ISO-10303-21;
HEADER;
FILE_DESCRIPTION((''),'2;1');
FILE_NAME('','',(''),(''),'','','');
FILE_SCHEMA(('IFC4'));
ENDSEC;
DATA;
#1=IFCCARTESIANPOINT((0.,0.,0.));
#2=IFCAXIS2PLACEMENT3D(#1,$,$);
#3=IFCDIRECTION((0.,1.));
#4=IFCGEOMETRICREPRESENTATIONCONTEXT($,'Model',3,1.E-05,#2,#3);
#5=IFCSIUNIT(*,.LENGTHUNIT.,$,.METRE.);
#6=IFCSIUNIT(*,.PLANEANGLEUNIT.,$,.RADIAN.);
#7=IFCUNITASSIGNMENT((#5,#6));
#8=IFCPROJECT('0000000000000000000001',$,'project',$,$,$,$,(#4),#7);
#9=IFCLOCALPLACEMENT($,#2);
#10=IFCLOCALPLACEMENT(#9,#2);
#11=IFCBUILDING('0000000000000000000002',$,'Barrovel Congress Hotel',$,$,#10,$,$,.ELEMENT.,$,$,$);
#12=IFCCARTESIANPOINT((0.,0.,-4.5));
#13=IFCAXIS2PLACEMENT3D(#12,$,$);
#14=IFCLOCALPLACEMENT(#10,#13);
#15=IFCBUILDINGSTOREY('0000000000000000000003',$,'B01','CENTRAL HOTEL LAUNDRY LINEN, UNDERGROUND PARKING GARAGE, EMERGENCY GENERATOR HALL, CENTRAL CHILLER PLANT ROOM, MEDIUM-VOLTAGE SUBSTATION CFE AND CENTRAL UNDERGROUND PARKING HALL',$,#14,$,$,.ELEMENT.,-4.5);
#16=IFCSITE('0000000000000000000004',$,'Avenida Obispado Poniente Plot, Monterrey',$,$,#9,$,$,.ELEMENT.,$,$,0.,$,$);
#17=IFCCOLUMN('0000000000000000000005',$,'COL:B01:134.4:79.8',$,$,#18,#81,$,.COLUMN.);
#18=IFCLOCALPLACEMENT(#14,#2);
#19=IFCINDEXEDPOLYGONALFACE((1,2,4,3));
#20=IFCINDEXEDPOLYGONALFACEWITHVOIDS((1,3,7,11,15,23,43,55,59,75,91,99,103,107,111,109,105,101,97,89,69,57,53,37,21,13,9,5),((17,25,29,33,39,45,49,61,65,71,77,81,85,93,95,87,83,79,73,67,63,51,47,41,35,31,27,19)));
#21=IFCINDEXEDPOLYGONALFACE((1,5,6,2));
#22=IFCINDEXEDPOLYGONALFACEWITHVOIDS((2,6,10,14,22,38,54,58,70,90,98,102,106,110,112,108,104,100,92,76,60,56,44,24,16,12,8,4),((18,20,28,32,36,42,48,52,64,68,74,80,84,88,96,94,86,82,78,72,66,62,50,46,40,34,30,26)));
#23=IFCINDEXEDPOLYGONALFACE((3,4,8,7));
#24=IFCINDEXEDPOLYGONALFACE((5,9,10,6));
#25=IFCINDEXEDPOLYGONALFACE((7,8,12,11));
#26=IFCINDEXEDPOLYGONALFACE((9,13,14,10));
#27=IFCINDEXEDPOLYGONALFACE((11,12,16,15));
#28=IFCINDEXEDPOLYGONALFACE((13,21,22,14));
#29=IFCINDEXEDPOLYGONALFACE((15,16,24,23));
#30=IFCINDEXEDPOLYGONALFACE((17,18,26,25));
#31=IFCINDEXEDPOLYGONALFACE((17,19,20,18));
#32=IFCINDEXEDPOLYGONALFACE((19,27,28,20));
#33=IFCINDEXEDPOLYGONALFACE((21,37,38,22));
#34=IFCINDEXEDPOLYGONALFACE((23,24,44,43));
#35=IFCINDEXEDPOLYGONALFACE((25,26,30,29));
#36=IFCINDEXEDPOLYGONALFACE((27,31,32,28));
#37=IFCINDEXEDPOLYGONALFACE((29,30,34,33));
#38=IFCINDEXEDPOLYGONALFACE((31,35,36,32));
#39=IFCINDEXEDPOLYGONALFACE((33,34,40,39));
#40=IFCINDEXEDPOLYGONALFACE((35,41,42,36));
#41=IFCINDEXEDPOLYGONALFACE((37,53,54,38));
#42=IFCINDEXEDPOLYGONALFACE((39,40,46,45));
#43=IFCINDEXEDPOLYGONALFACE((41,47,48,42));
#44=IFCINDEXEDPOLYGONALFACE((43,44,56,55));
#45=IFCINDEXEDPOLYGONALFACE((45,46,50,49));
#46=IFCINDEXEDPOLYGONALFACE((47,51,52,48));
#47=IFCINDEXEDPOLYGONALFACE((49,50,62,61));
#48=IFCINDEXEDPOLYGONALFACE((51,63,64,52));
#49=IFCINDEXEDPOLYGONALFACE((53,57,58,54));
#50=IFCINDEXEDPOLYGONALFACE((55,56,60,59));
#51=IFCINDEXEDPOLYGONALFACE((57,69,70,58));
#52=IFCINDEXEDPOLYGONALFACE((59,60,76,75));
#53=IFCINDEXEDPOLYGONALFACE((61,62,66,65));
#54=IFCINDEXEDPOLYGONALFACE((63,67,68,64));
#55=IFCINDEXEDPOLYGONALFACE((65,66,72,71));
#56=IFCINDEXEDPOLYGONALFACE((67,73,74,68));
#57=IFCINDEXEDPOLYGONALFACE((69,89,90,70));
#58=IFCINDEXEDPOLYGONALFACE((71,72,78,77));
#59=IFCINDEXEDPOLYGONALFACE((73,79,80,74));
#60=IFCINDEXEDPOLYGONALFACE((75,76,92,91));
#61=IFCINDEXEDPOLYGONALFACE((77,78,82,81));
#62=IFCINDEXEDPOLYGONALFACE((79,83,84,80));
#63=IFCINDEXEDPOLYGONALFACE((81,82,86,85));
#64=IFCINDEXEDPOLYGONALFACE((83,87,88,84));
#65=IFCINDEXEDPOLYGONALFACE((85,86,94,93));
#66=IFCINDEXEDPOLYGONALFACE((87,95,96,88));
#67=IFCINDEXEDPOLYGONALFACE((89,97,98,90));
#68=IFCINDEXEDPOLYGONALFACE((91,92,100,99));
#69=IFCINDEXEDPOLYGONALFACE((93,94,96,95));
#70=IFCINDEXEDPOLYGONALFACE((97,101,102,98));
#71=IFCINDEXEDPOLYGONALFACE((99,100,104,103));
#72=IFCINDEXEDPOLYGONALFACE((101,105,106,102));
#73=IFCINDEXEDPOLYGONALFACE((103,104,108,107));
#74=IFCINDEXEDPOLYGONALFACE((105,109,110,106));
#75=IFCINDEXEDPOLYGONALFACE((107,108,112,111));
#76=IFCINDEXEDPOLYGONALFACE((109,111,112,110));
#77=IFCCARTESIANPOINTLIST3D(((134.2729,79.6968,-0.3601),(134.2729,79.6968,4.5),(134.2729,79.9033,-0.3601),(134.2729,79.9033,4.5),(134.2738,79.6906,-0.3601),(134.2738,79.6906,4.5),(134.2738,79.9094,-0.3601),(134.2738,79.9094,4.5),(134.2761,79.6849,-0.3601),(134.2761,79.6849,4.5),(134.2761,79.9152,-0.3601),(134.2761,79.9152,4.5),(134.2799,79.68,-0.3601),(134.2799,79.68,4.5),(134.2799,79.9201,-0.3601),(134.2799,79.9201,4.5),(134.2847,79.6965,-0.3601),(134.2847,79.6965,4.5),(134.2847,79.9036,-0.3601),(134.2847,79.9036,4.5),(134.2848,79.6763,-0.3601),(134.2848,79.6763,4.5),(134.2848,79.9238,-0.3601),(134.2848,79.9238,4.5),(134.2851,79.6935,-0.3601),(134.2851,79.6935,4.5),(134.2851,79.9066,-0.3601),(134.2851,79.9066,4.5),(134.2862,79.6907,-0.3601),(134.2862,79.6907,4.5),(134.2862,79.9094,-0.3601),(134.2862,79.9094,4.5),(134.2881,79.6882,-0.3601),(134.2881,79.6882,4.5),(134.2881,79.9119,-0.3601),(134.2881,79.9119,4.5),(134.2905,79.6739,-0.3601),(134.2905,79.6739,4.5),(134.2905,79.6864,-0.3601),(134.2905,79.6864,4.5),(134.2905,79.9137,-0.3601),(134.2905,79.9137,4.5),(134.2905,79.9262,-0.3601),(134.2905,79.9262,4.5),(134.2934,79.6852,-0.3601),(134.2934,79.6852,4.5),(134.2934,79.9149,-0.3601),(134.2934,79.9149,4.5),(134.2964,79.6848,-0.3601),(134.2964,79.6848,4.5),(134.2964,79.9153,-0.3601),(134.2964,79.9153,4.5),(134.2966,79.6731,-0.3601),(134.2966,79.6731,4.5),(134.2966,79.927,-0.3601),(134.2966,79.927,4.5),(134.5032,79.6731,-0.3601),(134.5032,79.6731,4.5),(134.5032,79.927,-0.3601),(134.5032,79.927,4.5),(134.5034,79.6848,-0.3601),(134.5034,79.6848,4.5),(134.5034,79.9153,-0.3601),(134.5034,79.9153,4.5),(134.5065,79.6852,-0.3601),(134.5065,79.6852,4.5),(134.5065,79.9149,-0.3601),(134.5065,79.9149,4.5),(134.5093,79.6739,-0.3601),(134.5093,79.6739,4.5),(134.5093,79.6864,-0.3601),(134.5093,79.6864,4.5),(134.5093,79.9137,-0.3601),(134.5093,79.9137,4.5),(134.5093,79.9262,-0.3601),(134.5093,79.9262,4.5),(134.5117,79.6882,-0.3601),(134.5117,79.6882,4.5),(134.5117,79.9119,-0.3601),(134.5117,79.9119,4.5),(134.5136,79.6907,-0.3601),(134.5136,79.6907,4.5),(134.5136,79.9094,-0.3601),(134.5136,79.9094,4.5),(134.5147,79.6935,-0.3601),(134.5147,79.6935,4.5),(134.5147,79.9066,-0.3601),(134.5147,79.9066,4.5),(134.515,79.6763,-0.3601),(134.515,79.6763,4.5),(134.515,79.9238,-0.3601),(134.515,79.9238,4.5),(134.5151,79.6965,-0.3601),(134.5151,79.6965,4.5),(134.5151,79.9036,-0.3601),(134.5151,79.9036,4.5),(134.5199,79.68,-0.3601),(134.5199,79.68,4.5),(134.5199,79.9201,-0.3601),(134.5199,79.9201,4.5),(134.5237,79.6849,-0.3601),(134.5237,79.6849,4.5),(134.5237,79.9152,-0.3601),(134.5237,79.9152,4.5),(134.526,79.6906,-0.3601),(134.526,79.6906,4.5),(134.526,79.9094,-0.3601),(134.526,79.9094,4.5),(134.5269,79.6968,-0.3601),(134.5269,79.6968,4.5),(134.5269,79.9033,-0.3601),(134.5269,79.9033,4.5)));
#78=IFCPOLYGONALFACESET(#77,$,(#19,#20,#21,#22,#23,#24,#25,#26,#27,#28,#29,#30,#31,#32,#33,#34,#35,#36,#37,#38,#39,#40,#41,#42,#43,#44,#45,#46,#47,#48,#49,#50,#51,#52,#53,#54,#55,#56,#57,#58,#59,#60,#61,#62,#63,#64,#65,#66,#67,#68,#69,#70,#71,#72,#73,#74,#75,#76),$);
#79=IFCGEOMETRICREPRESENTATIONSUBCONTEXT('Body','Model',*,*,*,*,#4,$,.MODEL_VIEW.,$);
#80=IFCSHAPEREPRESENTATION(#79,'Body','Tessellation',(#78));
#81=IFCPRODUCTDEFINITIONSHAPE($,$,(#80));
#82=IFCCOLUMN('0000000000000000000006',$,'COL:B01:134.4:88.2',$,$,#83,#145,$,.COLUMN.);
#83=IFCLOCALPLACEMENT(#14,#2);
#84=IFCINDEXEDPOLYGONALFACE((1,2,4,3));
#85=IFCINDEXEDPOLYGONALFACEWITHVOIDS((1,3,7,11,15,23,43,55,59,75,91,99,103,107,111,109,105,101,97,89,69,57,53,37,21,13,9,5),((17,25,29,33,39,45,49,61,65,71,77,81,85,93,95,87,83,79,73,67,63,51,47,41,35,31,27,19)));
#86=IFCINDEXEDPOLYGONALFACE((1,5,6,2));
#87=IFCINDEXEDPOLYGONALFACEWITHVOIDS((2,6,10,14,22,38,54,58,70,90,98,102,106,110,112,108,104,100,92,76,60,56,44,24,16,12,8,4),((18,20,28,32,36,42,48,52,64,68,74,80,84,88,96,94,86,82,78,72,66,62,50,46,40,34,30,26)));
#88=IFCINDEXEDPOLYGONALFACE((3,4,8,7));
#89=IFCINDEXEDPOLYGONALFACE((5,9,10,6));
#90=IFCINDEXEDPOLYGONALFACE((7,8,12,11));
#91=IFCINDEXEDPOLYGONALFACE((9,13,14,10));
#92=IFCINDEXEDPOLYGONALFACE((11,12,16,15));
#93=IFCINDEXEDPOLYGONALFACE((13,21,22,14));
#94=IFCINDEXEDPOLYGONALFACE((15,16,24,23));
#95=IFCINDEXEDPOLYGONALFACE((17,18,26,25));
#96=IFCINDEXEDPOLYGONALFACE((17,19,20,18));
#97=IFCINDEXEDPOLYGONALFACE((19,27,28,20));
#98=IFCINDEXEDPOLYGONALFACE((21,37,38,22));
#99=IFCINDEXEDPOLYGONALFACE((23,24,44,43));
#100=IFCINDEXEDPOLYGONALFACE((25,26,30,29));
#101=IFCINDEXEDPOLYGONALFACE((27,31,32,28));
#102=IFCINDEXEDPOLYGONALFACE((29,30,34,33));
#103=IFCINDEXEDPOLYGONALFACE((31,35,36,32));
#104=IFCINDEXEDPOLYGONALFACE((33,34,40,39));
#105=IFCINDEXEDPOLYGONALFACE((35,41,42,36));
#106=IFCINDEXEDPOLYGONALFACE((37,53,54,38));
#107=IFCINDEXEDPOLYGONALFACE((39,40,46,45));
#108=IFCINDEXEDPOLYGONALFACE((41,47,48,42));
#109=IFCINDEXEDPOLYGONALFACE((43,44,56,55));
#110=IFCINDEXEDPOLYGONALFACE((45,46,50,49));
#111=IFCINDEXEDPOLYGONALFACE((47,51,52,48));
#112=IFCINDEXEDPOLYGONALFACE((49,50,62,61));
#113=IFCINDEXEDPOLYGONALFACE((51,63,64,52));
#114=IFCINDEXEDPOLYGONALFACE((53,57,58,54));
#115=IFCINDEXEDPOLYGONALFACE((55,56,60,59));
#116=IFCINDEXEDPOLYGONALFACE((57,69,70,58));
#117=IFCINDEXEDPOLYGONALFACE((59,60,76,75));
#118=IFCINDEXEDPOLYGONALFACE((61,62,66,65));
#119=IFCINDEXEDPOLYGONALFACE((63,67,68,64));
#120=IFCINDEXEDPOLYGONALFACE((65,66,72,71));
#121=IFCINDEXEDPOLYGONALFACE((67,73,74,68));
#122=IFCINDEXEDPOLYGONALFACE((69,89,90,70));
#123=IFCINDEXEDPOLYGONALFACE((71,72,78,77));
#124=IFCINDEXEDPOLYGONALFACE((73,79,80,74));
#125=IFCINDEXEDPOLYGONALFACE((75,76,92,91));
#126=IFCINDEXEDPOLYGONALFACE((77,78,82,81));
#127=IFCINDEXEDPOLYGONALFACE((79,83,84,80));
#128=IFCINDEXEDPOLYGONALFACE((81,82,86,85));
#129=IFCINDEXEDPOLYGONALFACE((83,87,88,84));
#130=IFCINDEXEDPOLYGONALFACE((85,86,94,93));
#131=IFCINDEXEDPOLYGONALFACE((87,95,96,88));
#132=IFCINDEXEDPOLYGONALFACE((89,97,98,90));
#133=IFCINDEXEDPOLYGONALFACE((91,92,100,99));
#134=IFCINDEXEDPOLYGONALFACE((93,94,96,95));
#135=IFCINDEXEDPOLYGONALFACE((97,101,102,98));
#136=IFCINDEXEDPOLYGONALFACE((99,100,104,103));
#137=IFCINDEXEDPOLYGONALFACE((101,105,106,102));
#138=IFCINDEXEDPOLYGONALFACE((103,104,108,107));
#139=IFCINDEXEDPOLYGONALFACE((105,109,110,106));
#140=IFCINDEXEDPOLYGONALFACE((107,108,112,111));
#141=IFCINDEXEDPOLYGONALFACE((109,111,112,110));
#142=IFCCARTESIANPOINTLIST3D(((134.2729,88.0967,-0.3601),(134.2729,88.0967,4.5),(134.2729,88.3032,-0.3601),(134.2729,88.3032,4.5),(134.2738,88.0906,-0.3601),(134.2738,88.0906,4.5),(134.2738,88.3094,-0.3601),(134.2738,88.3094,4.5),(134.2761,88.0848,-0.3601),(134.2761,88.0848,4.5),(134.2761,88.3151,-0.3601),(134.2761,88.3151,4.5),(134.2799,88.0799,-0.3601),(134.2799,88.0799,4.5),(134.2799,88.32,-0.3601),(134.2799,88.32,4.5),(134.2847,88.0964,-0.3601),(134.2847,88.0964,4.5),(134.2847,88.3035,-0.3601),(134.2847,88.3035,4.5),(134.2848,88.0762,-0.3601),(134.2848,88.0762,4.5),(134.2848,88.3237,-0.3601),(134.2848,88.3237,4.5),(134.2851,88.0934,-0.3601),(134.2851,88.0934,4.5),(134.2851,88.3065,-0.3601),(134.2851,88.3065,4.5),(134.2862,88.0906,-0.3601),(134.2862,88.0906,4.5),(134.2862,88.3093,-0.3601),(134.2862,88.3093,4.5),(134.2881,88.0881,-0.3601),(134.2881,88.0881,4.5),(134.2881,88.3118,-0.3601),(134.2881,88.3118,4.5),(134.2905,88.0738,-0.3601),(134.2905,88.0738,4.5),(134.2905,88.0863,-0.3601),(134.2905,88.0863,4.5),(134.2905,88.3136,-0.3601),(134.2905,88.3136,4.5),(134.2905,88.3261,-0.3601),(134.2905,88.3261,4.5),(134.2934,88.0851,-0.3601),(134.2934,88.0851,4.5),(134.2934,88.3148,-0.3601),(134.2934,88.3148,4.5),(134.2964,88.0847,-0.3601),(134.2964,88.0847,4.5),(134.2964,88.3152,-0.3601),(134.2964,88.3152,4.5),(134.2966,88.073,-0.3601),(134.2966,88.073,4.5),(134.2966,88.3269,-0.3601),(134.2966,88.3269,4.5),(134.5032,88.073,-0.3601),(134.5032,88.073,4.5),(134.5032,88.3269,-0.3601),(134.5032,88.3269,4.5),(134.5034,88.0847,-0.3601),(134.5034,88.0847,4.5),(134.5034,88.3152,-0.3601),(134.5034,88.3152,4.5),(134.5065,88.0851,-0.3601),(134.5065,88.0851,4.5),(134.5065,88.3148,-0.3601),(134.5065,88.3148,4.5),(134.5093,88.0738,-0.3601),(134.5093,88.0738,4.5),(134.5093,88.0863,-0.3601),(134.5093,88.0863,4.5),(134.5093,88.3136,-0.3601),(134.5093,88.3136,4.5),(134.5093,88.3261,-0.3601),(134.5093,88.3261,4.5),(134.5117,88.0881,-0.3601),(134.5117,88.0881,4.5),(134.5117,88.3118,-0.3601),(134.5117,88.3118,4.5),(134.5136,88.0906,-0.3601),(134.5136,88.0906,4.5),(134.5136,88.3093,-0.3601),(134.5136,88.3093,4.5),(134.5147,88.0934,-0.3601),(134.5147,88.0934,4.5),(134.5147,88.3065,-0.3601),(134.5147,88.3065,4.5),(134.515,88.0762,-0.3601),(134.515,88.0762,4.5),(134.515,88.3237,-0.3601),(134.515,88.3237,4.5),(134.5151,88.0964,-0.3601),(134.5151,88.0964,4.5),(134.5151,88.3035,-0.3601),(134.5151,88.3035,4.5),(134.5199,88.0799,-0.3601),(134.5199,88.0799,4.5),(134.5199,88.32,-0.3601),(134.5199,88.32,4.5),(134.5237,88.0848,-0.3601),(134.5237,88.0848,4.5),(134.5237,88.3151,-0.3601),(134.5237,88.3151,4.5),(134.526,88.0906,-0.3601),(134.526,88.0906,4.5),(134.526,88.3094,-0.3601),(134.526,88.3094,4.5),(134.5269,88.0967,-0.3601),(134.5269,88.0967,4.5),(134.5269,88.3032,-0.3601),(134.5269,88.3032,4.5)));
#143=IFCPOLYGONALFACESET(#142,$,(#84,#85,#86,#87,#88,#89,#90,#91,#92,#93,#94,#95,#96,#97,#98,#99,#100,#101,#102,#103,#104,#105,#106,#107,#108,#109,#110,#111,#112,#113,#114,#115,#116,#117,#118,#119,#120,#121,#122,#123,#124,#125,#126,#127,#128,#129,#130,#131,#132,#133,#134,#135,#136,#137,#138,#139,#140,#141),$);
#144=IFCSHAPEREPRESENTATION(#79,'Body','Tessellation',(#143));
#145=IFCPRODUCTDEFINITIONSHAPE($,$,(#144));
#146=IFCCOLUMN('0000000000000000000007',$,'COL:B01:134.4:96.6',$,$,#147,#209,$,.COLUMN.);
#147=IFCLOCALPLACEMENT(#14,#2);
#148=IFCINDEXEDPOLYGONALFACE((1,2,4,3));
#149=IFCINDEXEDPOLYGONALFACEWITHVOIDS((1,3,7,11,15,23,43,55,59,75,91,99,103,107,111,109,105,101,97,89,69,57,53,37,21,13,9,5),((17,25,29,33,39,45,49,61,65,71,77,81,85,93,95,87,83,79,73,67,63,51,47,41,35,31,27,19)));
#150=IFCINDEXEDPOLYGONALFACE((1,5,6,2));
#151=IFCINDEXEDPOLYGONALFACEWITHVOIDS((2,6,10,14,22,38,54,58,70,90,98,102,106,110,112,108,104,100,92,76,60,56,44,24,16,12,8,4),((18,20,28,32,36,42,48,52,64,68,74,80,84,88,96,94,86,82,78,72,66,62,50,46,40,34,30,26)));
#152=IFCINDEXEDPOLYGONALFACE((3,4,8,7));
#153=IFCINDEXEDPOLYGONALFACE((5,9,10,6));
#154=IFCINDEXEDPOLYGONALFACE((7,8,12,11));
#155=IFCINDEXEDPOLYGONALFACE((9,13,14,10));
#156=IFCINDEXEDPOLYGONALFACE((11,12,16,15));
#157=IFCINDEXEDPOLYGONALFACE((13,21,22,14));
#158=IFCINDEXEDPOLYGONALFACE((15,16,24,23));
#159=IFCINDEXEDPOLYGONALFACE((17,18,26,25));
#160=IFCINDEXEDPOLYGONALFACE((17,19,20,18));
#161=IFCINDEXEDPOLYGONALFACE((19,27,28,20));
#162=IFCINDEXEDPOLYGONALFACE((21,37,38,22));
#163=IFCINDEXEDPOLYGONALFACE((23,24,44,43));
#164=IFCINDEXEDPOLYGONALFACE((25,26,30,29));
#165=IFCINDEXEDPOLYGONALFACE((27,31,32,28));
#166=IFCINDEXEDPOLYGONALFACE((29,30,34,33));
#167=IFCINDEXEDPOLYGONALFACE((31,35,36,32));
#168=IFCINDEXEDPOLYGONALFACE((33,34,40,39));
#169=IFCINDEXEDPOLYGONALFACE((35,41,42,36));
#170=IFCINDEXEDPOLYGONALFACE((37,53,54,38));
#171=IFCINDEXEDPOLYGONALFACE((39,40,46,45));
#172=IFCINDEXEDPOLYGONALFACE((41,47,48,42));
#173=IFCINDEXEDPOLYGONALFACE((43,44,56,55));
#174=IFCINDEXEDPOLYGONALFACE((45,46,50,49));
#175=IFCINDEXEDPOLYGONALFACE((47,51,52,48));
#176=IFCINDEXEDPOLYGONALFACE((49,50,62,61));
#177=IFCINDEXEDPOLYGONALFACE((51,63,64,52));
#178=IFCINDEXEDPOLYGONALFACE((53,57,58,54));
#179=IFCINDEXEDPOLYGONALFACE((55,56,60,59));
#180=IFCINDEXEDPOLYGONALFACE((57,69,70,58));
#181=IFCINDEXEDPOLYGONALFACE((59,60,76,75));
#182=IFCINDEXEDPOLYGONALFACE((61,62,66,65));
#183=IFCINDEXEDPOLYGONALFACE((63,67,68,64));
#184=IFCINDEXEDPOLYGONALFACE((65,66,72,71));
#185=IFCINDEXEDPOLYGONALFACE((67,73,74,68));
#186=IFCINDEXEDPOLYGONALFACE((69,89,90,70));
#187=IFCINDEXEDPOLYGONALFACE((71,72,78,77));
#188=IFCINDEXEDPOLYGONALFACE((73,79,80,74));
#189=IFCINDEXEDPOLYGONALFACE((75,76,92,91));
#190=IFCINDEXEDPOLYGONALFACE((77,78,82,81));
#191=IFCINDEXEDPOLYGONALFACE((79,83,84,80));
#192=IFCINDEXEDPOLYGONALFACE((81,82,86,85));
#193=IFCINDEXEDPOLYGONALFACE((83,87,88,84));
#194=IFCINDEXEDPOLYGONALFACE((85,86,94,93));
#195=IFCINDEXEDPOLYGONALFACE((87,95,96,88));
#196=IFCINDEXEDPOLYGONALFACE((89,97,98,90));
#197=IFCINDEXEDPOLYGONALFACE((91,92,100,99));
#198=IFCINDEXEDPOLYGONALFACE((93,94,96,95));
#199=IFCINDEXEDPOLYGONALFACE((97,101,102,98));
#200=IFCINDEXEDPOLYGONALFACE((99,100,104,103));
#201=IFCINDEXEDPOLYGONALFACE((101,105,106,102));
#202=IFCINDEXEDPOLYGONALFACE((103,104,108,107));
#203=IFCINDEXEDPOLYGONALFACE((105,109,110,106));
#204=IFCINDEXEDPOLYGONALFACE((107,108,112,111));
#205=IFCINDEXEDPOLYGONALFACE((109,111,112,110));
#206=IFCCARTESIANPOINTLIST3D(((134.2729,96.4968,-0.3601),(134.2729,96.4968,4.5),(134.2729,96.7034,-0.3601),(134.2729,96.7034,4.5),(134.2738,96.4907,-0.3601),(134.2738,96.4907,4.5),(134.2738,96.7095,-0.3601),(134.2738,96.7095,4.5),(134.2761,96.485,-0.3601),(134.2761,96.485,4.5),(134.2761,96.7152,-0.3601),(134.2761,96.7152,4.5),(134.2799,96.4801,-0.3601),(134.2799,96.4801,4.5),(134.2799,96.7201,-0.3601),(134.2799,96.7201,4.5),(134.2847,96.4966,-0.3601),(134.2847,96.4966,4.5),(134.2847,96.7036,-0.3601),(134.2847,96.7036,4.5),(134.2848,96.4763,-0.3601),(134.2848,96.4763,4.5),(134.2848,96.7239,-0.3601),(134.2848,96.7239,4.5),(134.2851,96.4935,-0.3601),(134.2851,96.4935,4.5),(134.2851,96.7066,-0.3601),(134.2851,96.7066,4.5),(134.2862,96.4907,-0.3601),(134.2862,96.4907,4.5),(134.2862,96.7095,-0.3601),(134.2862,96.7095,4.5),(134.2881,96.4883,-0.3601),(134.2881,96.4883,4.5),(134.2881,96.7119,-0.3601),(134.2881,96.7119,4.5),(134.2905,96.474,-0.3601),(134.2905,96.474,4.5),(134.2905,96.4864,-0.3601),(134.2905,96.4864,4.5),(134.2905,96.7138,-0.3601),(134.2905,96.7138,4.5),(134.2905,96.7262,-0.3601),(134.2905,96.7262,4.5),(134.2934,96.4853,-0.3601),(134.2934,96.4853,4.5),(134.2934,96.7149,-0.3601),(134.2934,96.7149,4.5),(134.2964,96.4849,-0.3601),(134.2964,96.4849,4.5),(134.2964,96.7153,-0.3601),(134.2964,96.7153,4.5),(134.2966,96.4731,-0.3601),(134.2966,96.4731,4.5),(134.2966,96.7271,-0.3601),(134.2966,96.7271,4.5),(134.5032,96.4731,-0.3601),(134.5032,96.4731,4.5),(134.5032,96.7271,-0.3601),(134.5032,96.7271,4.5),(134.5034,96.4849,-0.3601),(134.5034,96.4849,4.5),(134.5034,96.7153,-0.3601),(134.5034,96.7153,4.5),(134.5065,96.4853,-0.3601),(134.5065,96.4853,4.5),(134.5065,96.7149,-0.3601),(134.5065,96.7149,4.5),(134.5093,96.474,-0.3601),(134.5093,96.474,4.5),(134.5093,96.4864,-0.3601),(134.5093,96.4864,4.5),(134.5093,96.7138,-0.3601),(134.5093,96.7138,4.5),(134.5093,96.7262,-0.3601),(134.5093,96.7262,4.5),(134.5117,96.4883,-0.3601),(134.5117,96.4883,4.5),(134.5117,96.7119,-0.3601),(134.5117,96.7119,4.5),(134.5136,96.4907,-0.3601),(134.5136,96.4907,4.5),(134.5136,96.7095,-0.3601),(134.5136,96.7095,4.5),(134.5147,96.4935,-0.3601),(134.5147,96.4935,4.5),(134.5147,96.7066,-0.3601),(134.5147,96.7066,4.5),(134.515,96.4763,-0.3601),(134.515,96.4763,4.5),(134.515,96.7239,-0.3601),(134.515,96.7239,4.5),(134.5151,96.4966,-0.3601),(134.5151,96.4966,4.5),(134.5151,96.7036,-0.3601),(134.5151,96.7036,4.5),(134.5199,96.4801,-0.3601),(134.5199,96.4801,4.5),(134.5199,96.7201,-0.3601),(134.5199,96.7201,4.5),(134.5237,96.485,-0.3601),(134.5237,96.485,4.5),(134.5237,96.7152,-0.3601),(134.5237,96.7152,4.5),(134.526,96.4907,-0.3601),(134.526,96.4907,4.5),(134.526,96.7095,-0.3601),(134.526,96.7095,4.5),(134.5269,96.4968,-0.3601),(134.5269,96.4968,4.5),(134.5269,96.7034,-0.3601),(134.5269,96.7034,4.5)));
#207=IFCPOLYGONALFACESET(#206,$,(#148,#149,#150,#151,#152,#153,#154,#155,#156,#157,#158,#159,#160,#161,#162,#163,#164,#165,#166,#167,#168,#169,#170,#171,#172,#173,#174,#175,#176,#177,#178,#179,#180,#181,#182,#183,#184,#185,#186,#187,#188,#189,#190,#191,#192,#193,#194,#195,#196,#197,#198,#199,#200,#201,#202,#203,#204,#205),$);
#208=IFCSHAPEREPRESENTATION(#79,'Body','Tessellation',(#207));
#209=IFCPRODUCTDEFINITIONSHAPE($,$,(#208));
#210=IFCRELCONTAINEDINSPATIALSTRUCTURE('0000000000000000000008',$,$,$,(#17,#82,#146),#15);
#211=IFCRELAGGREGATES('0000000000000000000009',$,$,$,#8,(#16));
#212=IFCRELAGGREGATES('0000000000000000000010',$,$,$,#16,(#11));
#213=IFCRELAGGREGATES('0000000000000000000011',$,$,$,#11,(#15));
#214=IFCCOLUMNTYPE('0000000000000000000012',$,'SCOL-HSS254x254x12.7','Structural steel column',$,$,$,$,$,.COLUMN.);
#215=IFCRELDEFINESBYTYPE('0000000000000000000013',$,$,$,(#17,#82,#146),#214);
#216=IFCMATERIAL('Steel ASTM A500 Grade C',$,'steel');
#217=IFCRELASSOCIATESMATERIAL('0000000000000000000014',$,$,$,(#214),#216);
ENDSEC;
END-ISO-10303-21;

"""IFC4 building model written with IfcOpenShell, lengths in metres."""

from ifc_helpers import new_model, si_unit, direction, frame, origin, origin_2d, place, context, subcontext, project, spatial, hollow_rectangle, extrude, material, material_profile, profile_set, type_object, element, save


model = new_model("IFC4")

# Units and contexts
model_context = context("Model", 3, precision=1e-05, world=origin(), true_north=direction((0.0, 1.0)))
body_context = subcontext(model_context, "Body", "Model", "MODEL_VIEW")
ifc_project = project(units=[si_unit("LENGTHUNIT", "METRE"), si_unit("PLANEANGLEUNIT", "RADIAN")], contexts=[model_context])

# Site, building, storey
site_placement = place(None, origin())
site = spatial("IfcSite", under=ifc_project, at=site_placement, Name="Avenida Obispado Poniente Plot, Monterrey", CompositionType="ELEMENT", RefElevation=0.0)
building_placement = place(site_placement, origin())
building = spatial("IfcBuilding", under=site, at=building_placement, Name="Barrovel Congress Hotel", CompositionType="ELEMENT")
storey_placement = place(building_placement, frame((0.0, 0.0, -4.5)))
storey = spatial("IfcBuildingStorey", under=building, at=storey_placement, Name="B01", Description="CENTRAL HOTEL LAUNDRY LINEN, UNDERGROUND PARKING GARAGE, EMERGENCY GENERATOR HALL, CENTRAL CHILLER PLANT ROOM, MEDIUM-VOLTAGE SUBSTATION CFE AND CENTRAL UNDERGROUND PARKING HALL", CompositionType="ELEMENT", Elevation=-4.5)

# Columns
ifc_material_1 = material(Name="Steel ASTM A500 Grade C", Category="steel")
ifc_material_profile_1 = material_profile(ifc_material_1, hollow_rectangle(XDim=0.2539, YDim=0.2539, WallThickness=0.0117, InnerFilletRadius=0.0117, OuterFilletRadius=0.0237, at=origin_2d()), Name="HSS254x254x12.7")
ifc_profile_set_1 = profile_set([ifc_material_profile_1], Name="Steel ASTM A500 Grade C")
column_type_1 = type_object("IfcColumnType", Name="SCOL-HSS254x254x12.7", Description="Structural steel column", PredefinedType="COLUMN", material=ifc_profile_set_1)
for number, where, z_axis, x_axis, name in (
    (1, (134.3999, 79.8, -0.3601), (0.0, 0.0, 1.0), (1.0, 0.0, 0.0), "COL:B01:134.4:79.8"),
    (2, (134.3999, 88.2, -0.3601), (0.0, 0.0, 1.0), (1.0, 0.0, 0.0), "COL:B01:134.4:88.2"),
    (3, (134.3999, 96.6001, -0.3601), (0.0, 0.0, 1.0), (1.0, 0.0, 0.0), "COL:B01:134.4:96.6"),
):
    element("IfcColumn", number, at=place(storey_placement, frame(where, z_axis=z_axis, x_axis=x_axis)), inside=storey, type_object=column_type_1, Name=name, PredefinedType="COLUMN", context=body_context, shape_type="SweptSolid", body=[
        extrude(hollow_rectangle(XDim=0.2539, YDim=0.2539, WallThickness=0.0117, InnerFilletRadius=0.0117, OuterFilletRadius=0.0237, at=origin_2d()), origin(), (0.0, 0.0, 1.0), 4.8601),
    ])

save(model, "model.ifc")
